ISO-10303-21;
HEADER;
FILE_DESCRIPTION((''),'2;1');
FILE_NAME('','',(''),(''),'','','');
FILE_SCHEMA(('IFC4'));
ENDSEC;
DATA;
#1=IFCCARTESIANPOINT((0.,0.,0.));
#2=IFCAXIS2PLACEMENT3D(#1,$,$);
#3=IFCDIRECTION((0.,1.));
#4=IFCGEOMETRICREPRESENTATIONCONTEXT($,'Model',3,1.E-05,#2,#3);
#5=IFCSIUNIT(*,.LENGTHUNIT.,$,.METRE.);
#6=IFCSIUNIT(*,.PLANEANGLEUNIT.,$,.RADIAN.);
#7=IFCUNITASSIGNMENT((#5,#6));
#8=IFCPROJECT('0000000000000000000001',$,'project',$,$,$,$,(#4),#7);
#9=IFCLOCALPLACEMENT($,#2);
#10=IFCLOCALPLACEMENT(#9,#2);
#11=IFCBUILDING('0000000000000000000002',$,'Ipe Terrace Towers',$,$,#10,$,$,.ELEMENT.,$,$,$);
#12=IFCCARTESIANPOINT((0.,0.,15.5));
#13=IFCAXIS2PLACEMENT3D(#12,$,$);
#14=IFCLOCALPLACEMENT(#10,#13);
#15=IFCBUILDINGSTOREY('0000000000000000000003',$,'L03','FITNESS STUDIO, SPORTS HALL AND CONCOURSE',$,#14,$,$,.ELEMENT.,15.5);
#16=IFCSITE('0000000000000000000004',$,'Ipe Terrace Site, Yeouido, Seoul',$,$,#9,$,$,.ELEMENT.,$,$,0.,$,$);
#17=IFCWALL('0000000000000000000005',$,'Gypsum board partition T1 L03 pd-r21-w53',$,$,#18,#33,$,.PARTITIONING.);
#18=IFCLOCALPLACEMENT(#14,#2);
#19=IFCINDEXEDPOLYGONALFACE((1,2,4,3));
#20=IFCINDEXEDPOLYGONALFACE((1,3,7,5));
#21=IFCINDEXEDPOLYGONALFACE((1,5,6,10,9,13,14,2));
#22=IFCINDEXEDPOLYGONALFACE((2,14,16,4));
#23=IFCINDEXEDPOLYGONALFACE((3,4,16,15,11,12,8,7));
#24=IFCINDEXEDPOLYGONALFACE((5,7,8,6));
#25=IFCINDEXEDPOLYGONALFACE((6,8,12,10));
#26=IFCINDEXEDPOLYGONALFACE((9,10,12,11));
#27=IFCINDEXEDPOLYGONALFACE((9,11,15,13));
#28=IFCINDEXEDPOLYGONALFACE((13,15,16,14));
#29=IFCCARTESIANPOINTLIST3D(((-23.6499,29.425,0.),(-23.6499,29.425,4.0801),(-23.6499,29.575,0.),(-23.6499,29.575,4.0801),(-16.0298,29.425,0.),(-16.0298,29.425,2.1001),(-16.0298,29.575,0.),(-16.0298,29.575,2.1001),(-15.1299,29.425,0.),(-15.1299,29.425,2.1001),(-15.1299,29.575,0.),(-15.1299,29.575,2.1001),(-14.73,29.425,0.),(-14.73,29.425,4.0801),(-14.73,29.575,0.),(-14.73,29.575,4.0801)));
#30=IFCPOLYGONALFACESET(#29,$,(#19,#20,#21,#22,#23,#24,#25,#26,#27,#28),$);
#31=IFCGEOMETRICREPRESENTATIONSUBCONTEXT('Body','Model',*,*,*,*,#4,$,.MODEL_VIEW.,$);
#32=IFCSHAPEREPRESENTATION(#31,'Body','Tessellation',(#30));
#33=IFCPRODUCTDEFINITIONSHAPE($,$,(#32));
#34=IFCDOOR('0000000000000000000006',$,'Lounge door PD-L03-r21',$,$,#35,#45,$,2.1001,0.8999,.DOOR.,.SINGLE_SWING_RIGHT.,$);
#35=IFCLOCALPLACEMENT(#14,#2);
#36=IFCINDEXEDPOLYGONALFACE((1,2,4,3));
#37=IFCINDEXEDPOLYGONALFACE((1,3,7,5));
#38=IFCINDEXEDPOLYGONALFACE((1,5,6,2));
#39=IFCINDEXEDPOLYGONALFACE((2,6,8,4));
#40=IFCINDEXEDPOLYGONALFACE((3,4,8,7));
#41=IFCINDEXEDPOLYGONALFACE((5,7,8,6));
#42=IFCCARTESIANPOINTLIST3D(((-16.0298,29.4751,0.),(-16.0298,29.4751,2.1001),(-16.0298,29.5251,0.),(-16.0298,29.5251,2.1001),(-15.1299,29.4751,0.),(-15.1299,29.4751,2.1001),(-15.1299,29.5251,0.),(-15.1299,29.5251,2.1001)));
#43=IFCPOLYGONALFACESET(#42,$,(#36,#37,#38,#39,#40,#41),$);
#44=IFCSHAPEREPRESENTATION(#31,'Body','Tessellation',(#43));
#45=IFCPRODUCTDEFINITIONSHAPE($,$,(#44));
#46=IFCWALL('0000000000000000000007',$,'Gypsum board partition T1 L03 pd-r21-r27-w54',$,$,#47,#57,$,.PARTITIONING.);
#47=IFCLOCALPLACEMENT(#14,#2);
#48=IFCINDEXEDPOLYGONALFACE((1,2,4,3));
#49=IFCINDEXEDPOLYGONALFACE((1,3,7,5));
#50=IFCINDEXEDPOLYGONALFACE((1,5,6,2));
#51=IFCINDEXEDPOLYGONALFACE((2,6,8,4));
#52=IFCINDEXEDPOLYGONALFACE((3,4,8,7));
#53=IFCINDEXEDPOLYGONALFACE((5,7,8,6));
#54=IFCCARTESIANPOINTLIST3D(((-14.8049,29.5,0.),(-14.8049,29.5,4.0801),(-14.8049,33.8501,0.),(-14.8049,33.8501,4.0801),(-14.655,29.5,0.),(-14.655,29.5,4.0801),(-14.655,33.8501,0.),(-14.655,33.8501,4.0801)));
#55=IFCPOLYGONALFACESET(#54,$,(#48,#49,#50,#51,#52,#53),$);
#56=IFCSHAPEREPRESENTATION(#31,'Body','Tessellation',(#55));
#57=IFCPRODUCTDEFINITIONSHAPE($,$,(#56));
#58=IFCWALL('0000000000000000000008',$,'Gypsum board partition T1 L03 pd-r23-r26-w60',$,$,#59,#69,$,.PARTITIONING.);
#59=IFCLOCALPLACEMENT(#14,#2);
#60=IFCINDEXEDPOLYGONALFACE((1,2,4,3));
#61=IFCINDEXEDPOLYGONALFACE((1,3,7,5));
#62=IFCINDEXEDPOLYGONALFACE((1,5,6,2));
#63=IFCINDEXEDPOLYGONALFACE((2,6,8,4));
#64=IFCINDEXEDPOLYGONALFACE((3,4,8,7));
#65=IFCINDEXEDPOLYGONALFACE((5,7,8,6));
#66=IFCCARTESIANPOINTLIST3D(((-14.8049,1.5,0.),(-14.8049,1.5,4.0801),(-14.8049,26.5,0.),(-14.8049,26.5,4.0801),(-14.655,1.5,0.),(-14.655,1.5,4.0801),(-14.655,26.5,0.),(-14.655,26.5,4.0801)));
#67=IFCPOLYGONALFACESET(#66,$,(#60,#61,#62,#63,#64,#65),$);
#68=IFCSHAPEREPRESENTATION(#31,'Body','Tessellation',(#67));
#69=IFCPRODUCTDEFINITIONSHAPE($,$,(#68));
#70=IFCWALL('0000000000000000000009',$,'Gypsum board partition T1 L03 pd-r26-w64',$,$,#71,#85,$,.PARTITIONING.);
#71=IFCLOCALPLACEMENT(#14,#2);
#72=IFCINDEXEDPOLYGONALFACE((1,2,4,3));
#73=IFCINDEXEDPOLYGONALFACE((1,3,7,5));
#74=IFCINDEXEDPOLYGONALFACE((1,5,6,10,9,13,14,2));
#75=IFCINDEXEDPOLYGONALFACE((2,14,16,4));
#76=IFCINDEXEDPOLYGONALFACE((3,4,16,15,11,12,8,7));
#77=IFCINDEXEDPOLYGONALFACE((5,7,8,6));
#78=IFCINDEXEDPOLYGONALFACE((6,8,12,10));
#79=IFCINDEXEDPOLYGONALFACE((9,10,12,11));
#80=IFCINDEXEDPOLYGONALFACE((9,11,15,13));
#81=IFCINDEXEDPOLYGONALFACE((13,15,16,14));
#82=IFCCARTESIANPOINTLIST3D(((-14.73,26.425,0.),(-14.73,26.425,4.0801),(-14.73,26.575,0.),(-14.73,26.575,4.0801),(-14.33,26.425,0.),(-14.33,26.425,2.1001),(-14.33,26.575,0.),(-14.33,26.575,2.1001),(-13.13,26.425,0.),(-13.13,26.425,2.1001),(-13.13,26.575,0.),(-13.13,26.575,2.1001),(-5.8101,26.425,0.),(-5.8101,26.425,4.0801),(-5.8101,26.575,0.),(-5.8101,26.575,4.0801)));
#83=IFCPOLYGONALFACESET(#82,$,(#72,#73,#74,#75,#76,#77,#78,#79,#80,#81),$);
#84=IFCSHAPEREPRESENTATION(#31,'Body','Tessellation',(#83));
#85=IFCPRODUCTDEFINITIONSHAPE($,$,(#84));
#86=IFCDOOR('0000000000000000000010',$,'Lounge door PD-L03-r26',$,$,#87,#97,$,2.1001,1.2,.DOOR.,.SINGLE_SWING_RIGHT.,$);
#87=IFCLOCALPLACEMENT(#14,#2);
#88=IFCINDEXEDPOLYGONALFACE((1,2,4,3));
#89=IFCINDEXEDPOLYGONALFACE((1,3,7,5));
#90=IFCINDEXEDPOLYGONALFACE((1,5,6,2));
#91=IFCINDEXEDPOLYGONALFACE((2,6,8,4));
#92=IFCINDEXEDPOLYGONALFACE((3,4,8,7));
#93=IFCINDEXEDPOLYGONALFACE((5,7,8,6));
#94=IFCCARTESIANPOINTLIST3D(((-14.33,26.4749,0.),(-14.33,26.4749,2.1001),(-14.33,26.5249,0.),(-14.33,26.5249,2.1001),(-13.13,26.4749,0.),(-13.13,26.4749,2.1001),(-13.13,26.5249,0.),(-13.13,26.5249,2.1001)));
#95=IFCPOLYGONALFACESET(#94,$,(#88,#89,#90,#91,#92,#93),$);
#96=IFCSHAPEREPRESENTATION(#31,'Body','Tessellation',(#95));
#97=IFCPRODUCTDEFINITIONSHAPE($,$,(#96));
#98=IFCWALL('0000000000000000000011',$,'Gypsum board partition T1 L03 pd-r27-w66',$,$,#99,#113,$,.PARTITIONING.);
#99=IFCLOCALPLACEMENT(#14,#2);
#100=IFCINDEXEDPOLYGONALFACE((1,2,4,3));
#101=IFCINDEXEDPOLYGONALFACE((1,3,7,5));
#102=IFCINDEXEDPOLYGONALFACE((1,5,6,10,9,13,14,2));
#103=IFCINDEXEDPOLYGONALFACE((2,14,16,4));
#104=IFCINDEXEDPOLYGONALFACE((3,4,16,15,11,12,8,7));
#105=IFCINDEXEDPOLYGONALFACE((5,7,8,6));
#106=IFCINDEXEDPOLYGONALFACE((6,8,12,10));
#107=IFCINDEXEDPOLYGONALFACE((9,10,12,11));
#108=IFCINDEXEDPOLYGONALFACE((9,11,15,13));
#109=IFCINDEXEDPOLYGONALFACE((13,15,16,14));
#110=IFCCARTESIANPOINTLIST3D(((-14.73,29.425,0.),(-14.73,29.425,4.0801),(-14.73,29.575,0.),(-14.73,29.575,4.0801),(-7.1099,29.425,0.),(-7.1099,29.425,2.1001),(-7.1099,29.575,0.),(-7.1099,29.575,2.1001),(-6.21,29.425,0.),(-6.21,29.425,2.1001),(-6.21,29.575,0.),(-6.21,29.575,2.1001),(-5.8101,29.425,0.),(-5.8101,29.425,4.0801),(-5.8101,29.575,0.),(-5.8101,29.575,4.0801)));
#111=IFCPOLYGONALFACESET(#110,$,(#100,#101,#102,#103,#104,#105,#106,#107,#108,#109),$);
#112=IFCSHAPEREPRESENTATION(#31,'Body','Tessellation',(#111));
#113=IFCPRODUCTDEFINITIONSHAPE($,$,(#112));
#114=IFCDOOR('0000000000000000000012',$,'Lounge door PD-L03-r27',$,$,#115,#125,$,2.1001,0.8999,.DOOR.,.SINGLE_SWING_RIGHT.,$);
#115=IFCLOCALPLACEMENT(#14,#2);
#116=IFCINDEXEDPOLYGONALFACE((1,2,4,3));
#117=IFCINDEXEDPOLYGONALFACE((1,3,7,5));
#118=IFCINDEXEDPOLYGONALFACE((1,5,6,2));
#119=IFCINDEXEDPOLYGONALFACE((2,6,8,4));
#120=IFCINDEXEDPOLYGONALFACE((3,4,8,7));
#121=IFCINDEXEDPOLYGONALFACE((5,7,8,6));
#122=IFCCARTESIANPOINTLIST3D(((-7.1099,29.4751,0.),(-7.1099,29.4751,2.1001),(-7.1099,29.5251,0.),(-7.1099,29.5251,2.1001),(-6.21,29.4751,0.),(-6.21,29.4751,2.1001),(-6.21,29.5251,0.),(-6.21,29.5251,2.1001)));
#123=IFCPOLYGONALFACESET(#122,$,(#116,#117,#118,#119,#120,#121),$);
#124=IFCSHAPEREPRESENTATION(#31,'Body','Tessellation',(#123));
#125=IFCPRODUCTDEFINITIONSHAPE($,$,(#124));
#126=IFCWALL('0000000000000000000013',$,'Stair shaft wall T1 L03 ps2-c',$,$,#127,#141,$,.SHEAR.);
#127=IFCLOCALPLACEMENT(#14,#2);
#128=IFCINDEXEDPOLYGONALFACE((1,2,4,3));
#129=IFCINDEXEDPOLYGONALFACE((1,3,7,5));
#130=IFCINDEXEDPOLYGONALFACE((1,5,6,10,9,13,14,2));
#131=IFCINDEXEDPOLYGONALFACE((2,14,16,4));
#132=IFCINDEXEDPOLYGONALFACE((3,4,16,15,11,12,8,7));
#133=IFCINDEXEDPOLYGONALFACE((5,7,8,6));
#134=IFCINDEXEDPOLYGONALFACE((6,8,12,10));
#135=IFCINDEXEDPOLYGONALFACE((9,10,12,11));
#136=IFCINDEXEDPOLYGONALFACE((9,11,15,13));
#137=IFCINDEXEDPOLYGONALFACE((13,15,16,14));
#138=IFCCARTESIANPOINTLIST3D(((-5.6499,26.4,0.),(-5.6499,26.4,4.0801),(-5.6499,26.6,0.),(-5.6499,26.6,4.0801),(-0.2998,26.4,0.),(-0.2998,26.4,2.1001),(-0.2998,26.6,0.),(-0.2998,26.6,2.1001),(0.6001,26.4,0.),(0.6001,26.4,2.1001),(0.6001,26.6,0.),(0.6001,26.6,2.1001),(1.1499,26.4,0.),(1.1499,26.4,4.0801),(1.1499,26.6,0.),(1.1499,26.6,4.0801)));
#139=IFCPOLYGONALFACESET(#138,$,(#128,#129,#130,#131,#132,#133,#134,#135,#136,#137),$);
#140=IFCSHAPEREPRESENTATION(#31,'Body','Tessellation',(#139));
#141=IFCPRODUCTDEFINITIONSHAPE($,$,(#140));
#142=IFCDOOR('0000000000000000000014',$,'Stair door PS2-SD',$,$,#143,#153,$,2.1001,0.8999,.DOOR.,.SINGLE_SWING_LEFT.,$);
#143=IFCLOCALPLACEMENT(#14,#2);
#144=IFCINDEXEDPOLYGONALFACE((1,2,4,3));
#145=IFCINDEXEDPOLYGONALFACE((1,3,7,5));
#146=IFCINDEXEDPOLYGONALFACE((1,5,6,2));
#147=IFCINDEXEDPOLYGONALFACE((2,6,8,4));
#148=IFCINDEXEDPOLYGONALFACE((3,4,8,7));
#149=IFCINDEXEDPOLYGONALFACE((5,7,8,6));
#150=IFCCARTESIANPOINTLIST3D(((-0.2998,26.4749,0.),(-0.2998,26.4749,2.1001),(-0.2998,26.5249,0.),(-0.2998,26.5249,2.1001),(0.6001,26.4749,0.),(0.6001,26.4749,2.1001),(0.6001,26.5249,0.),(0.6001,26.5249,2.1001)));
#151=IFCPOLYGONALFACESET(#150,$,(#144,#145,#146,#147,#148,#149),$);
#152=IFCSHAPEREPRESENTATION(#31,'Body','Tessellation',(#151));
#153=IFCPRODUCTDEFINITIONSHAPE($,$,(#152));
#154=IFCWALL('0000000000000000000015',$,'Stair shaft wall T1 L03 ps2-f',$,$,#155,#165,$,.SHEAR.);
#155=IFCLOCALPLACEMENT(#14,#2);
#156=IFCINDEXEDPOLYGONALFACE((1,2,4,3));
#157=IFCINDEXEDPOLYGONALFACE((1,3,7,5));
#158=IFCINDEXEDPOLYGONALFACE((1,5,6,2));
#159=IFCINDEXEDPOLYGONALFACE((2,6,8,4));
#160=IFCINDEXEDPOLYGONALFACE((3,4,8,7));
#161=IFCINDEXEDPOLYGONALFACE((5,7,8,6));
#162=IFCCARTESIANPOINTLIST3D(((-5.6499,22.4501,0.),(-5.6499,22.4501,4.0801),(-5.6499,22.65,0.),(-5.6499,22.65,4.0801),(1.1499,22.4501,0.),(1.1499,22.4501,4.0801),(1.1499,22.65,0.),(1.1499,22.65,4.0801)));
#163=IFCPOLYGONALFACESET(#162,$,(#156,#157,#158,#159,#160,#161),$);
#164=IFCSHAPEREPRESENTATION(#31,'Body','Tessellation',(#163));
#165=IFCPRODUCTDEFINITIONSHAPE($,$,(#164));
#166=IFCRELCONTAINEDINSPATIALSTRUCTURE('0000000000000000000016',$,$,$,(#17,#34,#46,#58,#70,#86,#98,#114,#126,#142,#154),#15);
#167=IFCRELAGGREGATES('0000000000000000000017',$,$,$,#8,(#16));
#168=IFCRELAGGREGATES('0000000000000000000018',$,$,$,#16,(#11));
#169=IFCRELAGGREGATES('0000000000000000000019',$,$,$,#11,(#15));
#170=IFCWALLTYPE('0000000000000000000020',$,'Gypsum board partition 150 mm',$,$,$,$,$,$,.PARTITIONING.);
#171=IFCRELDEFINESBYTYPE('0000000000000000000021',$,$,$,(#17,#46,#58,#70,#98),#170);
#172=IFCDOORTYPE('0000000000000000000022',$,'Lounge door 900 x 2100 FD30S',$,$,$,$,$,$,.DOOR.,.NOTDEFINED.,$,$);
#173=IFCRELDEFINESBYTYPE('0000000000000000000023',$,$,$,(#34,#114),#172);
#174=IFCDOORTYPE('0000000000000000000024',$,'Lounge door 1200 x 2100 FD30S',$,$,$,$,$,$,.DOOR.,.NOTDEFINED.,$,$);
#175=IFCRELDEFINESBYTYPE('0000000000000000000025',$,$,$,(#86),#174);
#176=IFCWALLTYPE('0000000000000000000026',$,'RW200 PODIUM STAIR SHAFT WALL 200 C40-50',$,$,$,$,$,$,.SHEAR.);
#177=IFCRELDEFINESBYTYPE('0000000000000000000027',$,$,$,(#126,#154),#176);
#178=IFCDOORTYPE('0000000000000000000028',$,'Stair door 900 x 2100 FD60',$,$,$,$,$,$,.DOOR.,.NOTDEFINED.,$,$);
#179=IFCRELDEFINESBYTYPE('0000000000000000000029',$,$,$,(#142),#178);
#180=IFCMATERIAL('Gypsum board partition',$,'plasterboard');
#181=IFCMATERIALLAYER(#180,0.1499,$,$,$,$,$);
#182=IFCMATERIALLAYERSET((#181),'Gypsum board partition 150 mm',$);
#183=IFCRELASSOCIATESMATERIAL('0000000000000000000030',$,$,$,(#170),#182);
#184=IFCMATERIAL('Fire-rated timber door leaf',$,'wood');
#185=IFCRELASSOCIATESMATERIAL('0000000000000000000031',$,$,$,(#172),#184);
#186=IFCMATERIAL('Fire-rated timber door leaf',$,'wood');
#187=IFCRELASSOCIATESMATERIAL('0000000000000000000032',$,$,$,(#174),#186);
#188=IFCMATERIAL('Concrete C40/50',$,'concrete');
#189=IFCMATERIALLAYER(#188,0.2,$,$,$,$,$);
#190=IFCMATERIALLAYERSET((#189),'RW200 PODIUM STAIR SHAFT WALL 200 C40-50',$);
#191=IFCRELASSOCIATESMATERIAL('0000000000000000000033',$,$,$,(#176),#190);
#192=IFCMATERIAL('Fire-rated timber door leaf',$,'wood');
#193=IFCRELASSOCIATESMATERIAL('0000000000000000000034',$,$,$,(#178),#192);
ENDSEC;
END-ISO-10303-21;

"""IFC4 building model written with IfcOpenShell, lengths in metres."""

from ifc_helpers import new_model, si_unit, direction, frame, frame_2d, origin, place, context, subcontext, project, spatial, rectangle, extrude, material, layer, layer_set, type_object, element, fill, save


model = new_model("IFC4")

# Units and contexts
model_context = context("Model", 3, precision=1e-05, world=origin(), true_north=direction((0.0, 1.0)))
body_context = subcontext(model_context, "Body", "Model", "MODEL_VIEW")
ifc_project = project(units=[si_unit("LENGTHUNIT", "METRE"), si_unit("PLANEANGLEUNIT", "RADIAN")], contexts=[model_context])

# Site, building, storey
site_placement = place(None, origin())
site = spatial("IfcSite", under=ifc_project, at=site_placement, Name="Ipe Terrace Site, Yeouido, Seoul", CompositionType="ELEMENT", RefElevation=0.0)
building_placement = place(site_placement, origin())
building = spatial("IfcBuilding", under=site, at=building_placement, Name="Ipe Terrace Towers", CompositionType="ELEMENT")
storey_placement = place(building_placement, frame((0.0, 0.0, 15.5)))
storey = spatial("IfcBuildingStorey", under=building, at=storey_placement, Name="L03", Description="FITNESS STUDIO, SPORTS HALL AND CONCOURSE", CompositionType="ELEMENT", Elevation=15.5)

# Wall, opening, door
ifc_material_1 = material(Name="Gypsum board partition", Category="plasterboard")
ifc_layer_1 = layer(ifc_material_1, 0.1499)
ifc_layer_set_1 = layer_set([ifc_layer_1], Name="Gypsum board partition 150 mm")
wall_type_1 = type_object("IfcWallType", Name="Gypsum board partition 150 mm", PredefinedType="PARTITIONING", material=ifc_layer_set_1)
wall_1_placement = place(storey_placement, frame((-14.73, 29.5, 0.0), z_axis=(0.0, 0.0, 1.0), x_axis=(-1.0, 0.0, 0.0)))
wall_1 = element("IfcWall", 1, at=wall_1_placement, inside=storey, type_object=wall_type_1, Name="Gypsum board partition T1 L03 pd-r21-w53", PredefinedType="PARTITIONING", context=body_context, shape_type="SweptSolid", body=[
    extrude(rectangle(XDim=8.9199, YDim=0.1499, at=frame_2d((4.46, 0.0))), origin(), (0.0, 0.0, 1.0), 4.0801),
])
opening_1_placement = place(wall_1_placement, frame((0.3999, 0.0, 0.0)))
opening_1 = element("IfcOpeningElement", 2, at=opening_1_placement, cuts=wall_1, PredefinedType="OPENING", context=body_context, shape_type="SweptSolid", body=[
    extrude(rectangle(XDim=0.8999, YDim=2.1001, at=frame_2d((0.45, 1.05))), frame((0.0, 0.085, 0.0), z_axis=(0.0, -1.0, 0.0), x_axis=(1.0, 0.0, 0.0)), (0.0, 0.0, 1.0), 0.1699),
])
ifc_material_2 = material(Name="Fire-rated timber door leaf", Category="wood")
door_type_1 = type_object("IfcDoorType", Name="Lounge door 900 x 2100 FD30S", OperationType="NOTDEFINED", PredefinedType="DOOR", material=ifc_material_2)
door_1_placement = place(opening_1_placement, origin())
door_1 = element("IfcDoor", 3, at=door_1_placement, inside=storey, type_object=door_type_1, Name="Lounge door PD-L03-r21", OperationType="SINGLE_SWING_RIGHT", OverallHeight=2.1001, OverallWidth=0.8999, PredefinedType="DOOR", context=body_context, shape_type="SweptSolid", body=[
    extrude(rectangle(XDim=0.8999, YDim=2.1001, at=frame_2d((0.45, 1.05))), frame((0.0, 0.0249, 0.0), z_axis=(0.0, -1.0, 0.0), x_axis=(1.0, 0.0, 0.0)), (0.0, 0.0, 1.0), 0.05),
])
fill(opening_1, door_1)

# Walls
wall_2_placement = place(storey_placement, frame((-14.73, 33.8501, 0.0), z_axis=(0.0, 0.0, 1.0), x_axis=(0.0, -1.0, 0.0)))
element("IfcWall", 4, at=wall_2_placement, inside=storey, type_object=wall_type_1, Name="Gypsum board partition T1 L03 pd-r21-r27-w54", PredefinedType="PARTITIONING", context=body_context, shape_type="SweptSolid", body=[
    extrude(rectangle(XDim=4.3501, YDim=0.1499, at=frame_2d((2.175, 0.0))), origin(), (0.0, 0.0, 1.0), 4.0801),
])
wall_3_placement = place(storey_placement, frame((-14.73, 26.5, 0.0), z_axis=(0.0, 0.0, 1.0), x_axis=(0.0, -1.0, 0.0)))
element("IfcWall", 5, at=wall_3_placement, inside=storey, type_object=wall_type_1, Name="Gypsum board partition T1 L03 pd-r23-r26-w60", PredefinedType="PARTITIONING", context=body_context, shape_type="SweptSolid", body=[
    extrude(rectangle(XDim=25.0, YDim=0.1499, at=frame_2d((12.5, 0.0))), origin(), (0.0, 0.0, 1.0), 4.0801),
])

# Walls, openings, doors
wall_4_placement = place(storey_placement, frame((-14.73, 26.5, 0.0), z_axis=(0.0, 0.0, 1.0), x_axis=(1.0, 0.0, 0.0)))
wall_4 = element("IfcWall", 6, at=wall_4_placement, inside=storey, type_object=wall_type_1, Name="Gypsum board partition T1 L03 pd-r26-w64", PredefinedType="PARTITIONING", context=body_context, shape_type="SweptSolid", body=[
    extrude(rectangle(XDim=8.9199, YDim=0.1499, at=frame_2d((4.46, 0.0))), origin(), (0.0, 0.0, 1.0), 4.0801),
])
opening_2_placement = place(wall_4_placement, frame((0.3999, 0.0, 0.0)))
opening_2 = element("IfcOpeningElement", 7, at=opening_2_placement, cuts=wall_4, PredefinedType="OPENING", context=body_context, shape_type="SweptSolid", body=[
    extrude(rectangle(XDim=1.2, YDim=2.1001, at=frame_2d((0.6001, 1.05))), frame((0.0, 0.085, 0.0), z_axis=(0.0, -1.0, 0.0), x_axis=(1.0, 0.0, 0.0)), (0.0, 0.0, 1.0), 0.1699),
])
ifc_material_3 = material(Name="Fire-rated timber door leaf", Category="wood")
door_type_2 = type_object("IfcDoorType", Name="Lounge door 1200 x 2100 FD30S", OperationType="NOTDEFINED", PredefinedType="DOOR", material=ifc_material_3)
door_2_placement = place(opening_2_placement, origin())
door_2 = element("IfcDoor", 8, at=door_2_placement, inside=storey, type_object=door_type_2, Name="Lounge door PD-L03-r26", OperationType="SINGLE_SWING_RIGHT", OverallHeight=2.1001, OverallWidth=1.2, PredefinedType="DOOR", context=body_context, shape_type="SweptSolid", body=[
    extrude(rectangle(XDim=1.2, YDim=2.1001, at=frame_2d((0.6001, 1.05))), frame((0.0, 0.0249, 0.0), z_axis=(0.0, -1.0, 0.0), x_axis=(1.0, 0.0, 0.0)), (0.0, 0.0, 1.0), 0.05),
])
fill(opening_2, door_2)
wall_5_placement = place(storey_placement, frame((-5.8101, 29.5, 0.0), z_axis=(0.0, 0.0, 1.0), x_axis=(-1.0, 0.0, 0.0)))
wall_5 = element("IfcWall", 9, at=wall_5_placement, inside=storey, type_object=wall_type_1, Name="Gypsum board partition T1 L03 pd-r27-w66", PredefinedType="PARTITIONING", context=body_context, shape_type="SweptSolid", body=[
    extrude(rectangle(XDim=8.9199, YDim=0.1499, at=frame_2d((4.46, 0.0))), origin(), (0.0, 0.0, 1.0), 4.0801),
])
opening_3_placement = place(wall_5_placement, frame((0.3999, 0.0, 0.0)))
opening_3 = element("IfcOpeningElement", 10, at=opening_3_placement, cuts=wall_5, PredefinedType="OPENING", context=body_context, shape_type="SweptSolid", body=[
    extrude(rectangle(XDim=0.8999, YDim=2.1001, at=frame_2d((0.45, 1.05))), frame((0.0, 0.085, 0.0), z_axis=(0.0, -1.0, 0.0), x_axis=(1.0, 0.0, 0.0)), (0.0, 0.0, 1.0), 0.1699),
])
door_3_placement = place(opening_3_placement, origin())
door_3 = element("IfcDoor", 11, at=door_3_placement, inside=storey, type_object=door_type_1, Name="Lounge door PD-L03-r27", OperationType="SINGLE_SWING_RIGHT", OverallHeight=2.1001, OverallWidth=0.8999, PredefinedType="DOOR", context=body_context, shape_type="SweptSolid", body=[
    extrude(rectangle(XDim=0.8999, YDim=2.1001, at=frame_2d((0.45, 1.05))), frame((0.0, 0.0249, 0.0), z_axis=(0.0, -1.0, 0.0), x_axis=(1.0, 0.0, 0.0)), (0.0, 0.0, 1.0), 0.05),
])
fill(opening_3, door_3)
ifc_material_4 = material(Name="Concrete C40/50", Category="concrete")
ifc_layer_2 = layer(ifc_material_4, 0.2)
ifc_layer_set_2 = layer_set([ifc_layer_2], Name="RW200 PODIUM STAIR SHAFT WALL 200 C40-50")
wall_type_2 = type_object("IfcWallType", Name="RW200 PODIUM STAIR SHAFT WALL 200 C40-50", PredefinedType="SHEAR", material=ifc_layer_set_2)
wall_6_placement = place(storey_placement, frame((-5.6499, 26.5, 0.0), z_axis=(0.0, 0.0, 1.0), x_axis=(1.0, 0.0, 0.0)))
wall_6 = element("IfcWall", 12, at=wall_6_placement, inside=storey, type_object=wall_type_2, Name="Stair shaft wall T1 L03 ps2-c", PredefinedType="SHEAR", context=body_context, shape_type="SweptSolid", body=[
    extrude(rectangle(XDim=6.7998, YDim=0.2, at=frame_2d((3.3999, 0.0))), origin(), (0.0, 0.0, 1.0), 4.0801),
])
opening_4_placement = place(wall_6_placement, frame((5.3501, 0.0, 0.0)))
opening_4 = element("IfcOpeningElement", 13, at=opening_4_placement, cuts=wall_6, PredefinedType="OPENING", context=body_context, shape_type="SweptSolid", body=[
    extrude(rectangle(XDim=0.8999, YDim=2.1001, at=frame_2d((0.45, 1.05))), frame((0.0, 0.1099, 0.0), z_axis=(0.0, -1.0, 0.0), x_axis=(1.0, 0.0, 0.0)), (0.0, 0.0, 1.0), 0.22),
])
ifc_material_5 = material(Name="Fire-rated timber door leaf", Category="wood")
door_type_3 = type_object("IfcDoorType", Name="Stair door 900 x 2100 FD60", OperationType="NOTDEFINED", PredefinedType="DOOR", material=ifc_material_5)
door_4_placement = place(opening_4_placement, origin())
door_4 = element("IfcDoor", 14, at=door_4_placement, inside=storey, type_object=door_type_3, Name="Stair door PS2-SD", OperationType="SINGLE_SWING_LEFT", OverallHeight=2.1001, OverallWidth=0.8999, PredefinedType="DOOR", context=body_context, shape_type="SweptSolid", body=[
    extrude(rectangle(XDim=0.8999, YDim=2.1001, at=frame_2d((0.45, 1.05))), frame((0.0, 0.0249, 0.0), z_axis=(0.0, -1.0, 0.0), x_axis=(1.0, 0.0, 0.0)), (0.0, 0.0, 1.0), 0.05),
])
fill(opening_4, door_4)

# Wall
wall_7_placement = place(storey_placement, frame((-5.6499, 22.55, 0.0), z_axis=(0.0, 0.0, 1.0), x_axis=(1.0, 0.0, 0.0)))
element("IfcWall", 15, at=wall_7_placement, inside=storey, type_object=wall_type_2, Name="Stair shaft wall T1 L03 ps2-f", PredefinedType="SHEAR", context=body_context, shape_type="SweptSolid", body=[
    extrude(rectangle(XDim=6.7998, YDim=0.2, at=frame_2d((3.3999, 0.0))), origin(), (0.0, 0.0, 1.0), 4.0801),
])

save(model, "model.ifc")
